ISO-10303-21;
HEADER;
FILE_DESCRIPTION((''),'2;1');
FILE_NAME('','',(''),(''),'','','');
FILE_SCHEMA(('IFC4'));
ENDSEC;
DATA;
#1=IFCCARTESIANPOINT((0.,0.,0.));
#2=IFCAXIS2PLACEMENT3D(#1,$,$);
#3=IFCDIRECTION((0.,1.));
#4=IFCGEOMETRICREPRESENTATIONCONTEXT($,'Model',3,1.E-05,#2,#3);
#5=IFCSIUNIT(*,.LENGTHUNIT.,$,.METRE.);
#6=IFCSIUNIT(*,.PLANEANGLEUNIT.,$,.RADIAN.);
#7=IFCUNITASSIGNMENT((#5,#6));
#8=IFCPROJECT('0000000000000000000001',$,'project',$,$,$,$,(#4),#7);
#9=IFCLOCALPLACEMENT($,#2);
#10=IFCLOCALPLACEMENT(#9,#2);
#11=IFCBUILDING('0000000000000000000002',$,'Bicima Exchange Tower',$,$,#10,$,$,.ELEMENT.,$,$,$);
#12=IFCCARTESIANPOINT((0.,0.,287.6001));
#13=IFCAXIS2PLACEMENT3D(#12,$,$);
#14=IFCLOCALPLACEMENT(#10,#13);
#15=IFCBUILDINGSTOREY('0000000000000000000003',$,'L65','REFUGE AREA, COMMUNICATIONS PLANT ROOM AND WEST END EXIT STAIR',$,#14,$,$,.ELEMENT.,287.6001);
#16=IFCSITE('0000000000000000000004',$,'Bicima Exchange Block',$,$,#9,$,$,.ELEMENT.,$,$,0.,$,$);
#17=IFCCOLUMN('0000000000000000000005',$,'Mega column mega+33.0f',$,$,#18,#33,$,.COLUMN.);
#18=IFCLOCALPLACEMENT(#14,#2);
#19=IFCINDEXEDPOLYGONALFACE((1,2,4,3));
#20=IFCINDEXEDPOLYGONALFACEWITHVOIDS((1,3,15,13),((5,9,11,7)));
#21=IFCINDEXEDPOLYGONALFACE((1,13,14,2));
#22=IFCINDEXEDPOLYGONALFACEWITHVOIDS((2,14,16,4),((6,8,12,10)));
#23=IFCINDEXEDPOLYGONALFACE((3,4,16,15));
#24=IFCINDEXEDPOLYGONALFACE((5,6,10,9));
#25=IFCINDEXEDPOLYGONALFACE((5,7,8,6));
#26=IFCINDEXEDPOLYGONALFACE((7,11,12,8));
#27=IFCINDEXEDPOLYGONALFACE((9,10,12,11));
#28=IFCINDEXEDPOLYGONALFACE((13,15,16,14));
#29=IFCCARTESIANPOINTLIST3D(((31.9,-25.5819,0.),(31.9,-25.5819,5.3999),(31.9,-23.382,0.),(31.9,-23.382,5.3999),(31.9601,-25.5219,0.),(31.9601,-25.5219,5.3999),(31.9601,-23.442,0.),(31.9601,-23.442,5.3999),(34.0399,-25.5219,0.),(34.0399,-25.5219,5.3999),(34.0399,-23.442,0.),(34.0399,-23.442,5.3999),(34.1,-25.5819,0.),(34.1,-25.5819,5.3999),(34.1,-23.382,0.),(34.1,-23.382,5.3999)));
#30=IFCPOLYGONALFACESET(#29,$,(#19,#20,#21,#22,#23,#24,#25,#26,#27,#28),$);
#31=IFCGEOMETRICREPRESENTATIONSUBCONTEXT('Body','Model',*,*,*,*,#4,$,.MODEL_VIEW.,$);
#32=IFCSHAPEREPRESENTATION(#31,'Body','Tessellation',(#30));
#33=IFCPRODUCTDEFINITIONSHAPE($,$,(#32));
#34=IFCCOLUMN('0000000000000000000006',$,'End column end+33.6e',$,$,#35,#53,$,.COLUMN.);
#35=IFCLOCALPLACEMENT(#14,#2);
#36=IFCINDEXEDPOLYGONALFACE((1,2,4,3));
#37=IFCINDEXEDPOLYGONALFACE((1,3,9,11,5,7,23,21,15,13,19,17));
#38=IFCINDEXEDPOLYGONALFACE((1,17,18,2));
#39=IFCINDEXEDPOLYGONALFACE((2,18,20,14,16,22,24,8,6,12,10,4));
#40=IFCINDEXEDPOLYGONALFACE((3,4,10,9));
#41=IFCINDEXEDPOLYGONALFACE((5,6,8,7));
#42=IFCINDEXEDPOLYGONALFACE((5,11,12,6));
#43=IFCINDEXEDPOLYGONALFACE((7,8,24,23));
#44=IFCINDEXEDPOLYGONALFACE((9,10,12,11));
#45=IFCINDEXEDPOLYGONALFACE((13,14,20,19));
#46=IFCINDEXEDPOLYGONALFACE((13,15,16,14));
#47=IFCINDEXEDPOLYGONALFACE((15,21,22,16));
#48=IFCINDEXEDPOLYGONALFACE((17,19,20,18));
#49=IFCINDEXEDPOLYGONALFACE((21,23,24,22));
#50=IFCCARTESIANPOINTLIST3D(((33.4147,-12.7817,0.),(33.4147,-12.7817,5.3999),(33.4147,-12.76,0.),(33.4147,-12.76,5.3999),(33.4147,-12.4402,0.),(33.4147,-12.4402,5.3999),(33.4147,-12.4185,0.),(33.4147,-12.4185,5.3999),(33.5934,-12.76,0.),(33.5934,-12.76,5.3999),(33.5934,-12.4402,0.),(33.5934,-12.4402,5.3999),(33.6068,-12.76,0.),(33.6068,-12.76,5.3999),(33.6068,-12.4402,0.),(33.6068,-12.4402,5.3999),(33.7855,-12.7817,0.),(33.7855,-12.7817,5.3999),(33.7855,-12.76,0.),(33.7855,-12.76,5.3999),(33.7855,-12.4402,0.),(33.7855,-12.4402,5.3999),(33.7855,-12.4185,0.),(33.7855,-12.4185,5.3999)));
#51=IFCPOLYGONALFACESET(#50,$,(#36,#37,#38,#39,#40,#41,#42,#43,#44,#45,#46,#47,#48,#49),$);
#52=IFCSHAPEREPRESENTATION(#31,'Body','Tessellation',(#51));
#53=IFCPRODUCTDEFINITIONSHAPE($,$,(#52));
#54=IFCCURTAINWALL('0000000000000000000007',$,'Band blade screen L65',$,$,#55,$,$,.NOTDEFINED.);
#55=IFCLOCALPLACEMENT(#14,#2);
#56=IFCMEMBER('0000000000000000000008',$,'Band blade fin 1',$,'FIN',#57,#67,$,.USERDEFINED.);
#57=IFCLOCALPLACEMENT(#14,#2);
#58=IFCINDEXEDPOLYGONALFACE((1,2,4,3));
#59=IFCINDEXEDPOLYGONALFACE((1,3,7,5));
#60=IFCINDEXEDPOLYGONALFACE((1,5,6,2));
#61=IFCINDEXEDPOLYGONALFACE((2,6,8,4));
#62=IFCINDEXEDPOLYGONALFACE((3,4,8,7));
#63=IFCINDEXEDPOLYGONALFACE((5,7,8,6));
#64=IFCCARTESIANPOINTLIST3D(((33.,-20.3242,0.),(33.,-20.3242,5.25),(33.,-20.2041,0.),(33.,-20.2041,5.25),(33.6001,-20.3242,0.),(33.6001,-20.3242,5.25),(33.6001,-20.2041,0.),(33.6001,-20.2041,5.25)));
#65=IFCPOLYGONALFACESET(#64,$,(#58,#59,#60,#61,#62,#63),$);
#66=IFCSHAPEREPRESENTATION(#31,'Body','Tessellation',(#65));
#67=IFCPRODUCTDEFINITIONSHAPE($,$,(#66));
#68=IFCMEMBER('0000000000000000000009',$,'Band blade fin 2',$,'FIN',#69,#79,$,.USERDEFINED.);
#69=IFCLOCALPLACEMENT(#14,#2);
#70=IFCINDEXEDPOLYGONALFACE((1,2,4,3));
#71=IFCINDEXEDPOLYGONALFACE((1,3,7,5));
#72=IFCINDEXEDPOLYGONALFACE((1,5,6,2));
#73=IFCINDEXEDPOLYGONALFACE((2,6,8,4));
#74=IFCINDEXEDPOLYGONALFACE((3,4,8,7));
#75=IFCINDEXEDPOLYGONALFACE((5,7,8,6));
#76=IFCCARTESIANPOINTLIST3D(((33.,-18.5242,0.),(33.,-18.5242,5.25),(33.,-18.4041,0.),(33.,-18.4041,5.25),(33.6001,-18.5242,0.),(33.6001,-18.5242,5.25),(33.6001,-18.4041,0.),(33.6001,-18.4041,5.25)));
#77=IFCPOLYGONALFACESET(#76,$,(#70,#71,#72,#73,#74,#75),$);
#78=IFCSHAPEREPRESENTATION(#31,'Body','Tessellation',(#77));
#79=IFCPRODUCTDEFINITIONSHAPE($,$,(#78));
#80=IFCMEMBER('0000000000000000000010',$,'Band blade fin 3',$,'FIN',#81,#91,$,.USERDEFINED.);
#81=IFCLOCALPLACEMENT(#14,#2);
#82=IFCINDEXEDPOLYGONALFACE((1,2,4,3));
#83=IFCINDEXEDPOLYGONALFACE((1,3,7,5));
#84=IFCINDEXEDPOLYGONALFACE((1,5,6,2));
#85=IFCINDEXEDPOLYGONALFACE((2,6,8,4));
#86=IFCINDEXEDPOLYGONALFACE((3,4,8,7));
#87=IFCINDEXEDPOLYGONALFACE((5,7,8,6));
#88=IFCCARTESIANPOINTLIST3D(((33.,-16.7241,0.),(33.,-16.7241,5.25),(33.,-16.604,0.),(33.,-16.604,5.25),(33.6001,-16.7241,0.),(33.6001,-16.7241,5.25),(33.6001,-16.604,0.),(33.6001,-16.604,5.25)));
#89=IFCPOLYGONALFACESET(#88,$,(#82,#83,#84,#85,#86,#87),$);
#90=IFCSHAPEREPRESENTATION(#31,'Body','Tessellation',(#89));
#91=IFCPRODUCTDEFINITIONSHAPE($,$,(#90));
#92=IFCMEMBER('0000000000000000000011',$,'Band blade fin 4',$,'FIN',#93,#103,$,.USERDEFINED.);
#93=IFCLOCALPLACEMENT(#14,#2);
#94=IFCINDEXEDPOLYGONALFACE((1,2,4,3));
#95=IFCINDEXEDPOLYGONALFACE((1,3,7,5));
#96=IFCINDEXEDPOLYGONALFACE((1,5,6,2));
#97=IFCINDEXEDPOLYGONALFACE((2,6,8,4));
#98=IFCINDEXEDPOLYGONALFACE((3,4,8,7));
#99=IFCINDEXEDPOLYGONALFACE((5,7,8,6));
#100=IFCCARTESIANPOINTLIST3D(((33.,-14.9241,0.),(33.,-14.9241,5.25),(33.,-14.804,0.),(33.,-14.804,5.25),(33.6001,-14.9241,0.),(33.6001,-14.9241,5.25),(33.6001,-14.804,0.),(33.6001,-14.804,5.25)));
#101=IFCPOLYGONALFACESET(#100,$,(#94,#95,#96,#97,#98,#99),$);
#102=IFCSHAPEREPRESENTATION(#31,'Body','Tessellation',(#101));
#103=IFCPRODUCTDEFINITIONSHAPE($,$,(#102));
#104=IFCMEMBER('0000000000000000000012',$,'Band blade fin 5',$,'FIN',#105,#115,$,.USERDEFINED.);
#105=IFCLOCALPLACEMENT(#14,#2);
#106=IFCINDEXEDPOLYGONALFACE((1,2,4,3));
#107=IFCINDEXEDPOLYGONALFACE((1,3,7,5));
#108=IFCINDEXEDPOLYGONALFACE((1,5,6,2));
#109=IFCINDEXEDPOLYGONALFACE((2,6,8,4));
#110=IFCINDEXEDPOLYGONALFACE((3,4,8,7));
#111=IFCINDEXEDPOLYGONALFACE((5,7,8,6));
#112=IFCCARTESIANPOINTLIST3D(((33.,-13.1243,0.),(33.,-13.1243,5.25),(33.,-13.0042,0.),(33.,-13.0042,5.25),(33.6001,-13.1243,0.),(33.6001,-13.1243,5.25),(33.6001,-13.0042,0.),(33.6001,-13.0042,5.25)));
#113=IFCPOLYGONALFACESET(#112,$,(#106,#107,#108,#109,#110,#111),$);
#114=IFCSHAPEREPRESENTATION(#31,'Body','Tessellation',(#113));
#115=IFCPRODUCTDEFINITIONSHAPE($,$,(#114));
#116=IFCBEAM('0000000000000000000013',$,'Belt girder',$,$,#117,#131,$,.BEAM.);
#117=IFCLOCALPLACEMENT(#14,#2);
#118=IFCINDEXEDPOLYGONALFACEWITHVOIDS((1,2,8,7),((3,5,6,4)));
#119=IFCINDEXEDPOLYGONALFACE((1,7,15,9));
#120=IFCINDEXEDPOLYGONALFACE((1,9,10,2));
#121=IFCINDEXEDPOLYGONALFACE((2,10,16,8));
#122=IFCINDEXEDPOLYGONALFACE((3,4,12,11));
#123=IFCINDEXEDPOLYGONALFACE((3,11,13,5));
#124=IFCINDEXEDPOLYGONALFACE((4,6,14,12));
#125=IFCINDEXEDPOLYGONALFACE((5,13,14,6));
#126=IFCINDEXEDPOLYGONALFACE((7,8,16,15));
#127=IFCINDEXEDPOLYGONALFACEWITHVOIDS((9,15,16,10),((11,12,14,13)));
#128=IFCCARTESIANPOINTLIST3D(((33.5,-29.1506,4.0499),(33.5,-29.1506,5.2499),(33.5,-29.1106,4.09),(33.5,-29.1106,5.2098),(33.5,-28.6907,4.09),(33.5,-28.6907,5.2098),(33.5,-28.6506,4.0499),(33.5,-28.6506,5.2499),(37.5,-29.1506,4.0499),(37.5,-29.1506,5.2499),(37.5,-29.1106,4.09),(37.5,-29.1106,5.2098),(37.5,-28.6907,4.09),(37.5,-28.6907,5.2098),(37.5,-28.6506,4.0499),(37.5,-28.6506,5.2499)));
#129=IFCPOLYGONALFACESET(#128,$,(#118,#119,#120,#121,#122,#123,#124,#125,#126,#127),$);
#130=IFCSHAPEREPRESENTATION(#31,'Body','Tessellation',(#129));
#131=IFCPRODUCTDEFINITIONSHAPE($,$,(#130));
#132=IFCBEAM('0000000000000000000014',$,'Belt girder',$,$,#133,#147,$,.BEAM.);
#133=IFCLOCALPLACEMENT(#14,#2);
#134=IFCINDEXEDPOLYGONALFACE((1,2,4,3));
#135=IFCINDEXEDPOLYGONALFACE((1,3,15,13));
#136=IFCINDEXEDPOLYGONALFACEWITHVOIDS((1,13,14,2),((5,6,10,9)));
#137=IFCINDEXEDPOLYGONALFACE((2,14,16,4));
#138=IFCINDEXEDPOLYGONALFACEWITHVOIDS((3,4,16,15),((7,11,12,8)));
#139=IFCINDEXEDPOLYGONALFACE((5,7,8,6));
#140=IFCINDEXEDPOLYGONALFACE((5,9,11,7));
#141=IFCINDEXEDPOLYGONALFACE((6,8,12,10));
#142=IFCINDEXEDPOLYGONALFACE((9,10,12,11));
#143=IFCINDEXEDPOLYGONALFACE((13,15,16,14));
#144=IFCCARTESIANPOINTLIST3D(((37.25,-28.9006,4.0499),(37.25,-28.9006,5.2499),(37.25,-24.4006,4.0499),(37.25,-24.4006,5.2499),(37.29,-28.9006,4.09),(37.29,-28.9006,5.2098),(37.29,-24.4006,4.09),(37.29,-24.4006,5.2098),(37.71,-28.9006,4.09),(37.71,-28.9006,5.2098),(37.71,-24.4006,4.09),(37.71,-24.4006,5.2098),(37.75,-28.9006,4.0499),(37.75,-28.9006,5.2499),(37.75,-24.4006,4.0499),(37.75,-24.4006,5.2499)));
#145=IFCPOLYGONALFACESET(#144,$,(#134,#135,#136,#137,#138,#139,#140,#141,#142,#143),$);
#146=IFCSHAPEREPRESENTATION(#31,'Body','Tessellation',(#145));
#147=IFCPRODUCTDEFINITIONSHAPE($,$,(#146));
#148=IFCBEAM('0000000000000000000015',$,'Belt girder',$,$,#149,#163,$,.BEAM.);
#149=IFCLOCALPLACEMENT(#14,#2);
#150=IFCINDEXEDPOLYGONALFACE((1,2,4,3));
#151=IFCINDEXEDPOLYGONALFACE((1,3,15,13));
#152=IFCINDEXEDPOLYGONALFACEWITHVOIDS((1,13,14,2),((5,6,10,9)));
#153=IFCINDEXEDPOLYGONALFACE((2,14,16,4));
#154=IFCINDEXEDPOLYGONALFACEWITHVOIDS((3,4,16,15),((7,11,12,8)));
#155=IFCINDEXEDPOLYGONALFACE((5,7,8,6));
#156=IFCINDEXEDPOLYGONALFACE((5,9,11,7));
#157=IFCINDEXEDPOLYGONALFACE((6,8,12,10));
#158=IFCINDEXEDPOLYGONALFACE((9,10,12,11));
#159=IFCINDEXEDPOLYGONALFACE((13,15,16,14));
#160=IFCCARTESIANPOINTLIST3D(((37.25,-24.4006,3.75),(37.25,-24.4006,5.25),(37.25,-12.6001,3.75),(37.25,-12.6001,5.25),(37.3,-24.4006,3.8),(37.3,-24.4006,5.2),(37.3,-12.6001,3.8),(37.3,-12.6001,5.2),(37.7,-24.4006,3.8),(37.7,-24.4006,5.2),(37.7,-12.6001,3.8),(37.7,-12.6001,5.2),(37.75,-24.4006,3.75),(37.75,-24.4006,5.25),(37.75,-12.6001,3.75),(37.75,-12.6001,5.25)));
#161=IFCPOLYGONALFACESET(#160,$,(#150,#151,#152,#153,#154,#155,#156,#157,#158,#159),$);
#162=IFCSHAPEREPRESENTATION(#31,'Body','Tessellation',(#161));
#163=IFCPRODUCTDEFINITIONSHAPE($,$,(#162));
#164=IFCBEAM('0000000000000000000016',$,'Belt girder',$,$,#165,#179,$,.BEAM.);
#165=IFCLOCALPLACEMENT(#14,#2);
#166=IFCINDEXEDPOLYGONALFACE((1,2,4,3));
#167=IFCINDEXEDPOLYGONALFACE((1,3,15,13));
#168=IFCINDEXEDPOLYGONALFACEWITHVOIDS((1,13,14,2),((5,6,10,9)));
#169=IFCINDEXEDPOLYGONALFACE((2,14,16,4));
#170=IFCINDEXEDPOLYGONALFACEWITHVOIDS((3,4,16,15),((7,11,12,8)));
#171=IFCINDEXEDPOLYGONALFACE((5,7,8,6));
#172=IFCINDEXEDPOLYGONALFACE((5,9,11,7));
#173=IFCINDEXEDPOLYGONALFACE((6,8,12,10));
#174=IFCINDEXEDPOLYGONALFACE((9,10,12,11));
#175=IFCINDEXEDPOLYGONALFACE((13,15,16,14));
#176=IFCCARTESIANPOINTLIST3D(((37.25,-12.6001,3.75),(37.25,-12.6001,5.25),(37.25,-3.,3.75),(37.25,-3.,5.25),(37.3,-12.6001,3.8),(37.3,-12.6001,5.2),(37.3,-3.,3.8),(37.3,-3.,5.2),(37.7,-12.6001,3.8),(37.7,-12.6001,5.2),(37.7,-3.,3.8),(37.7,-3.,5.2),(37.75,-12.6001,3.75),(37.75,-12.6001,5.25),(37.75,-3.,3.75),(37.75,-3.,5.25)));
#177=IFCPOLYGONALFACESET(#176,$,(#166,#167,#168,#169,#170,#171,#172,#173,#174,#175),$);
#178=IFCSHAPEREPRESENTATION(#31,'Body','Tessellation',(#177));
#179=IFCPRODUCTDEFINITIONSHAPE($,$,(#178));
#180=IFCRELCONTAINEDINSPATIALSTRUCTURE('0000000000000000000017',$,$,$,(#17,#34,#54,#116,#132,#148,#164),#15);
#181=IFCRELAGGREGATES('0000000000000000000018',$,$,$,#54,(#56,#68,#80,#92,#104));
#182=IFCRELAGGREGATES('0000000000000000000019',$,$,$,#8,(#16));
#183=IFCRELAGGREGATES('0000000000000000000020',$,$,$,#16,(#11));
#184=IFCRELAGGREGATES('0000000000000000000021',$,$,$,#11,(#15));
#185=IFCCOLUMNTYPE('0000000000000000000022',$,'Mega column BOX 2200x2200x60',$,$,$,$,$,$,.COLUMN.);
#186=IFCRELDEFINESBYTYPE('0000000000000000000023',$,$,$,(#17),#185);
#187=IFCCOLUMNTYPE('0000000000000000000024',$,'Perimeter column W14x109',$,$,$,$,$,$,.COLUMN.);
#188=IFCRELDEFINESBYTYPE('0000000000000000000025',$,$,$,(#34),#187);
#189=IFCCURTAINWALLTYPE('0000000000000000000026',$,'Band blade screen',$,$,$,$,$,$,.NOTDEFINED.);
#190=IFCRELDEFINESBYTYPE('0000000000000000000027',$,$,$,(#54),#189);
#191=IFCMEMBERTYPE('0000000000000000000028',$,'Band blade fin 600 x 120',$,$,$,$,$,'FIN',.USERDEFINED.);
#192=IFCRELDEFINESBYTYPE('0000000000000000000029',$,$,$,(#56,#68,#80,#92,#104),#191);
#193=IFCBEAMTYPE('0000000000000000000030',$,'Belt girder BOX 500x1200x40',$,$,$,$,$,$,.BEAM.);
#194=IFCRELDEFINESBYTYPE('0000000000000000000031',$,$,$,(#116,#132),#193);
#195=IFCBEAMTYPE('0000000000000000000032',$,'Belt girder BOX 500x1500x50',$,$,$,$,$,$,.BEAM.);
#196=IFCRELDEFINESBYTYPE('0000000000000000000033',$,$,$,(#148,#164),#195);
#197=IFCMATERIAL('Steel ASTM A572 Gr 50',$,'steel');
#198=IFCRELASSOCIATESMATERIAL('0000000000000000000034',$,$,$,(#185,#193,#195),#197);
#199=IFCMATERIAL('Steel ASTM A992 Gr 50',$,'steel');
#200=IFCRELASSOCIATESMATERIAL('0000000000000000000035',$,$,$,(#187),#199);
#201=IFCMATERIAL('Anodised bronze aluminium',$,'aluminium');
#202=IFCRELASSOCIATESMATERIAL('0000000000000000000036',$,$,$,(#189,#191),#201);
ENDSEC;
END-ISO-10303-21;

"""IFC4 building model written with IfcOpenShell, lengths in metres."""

from ifc_helpers import new_model, si_unit, direction, frame, origin, origin_2d, place, context, subcontext, project, spatial, rectangle, hollow_rectangle, i_section, extrude, material, material_profile, profile_set, type_object, element, aggregate, save


model = new_model("IFC4")

# Units and contexts
model_context = context("Model", 3, precision=1e-05, world=origin(), true_north=direction((0.0, 1.0)))
body_context = subcontext(model_context, "Body", "Model", "MODEL_VIEW")
ifc_project = project(units=[si_unit("LENGTHUNIT", "METRE"), si_unit("PLANEANGLEUNIT", "RADIAN")], contexts=[model_context])

# Site, building, storey
site_placement = place(None, origin())
site = spatial("IfcSite", under=ifc_project, at=site_placement, Name="Bicima Exchange Block", CompositionType="ELEMENT", RefElevation=0.0)
building_placement = place(site_placement, origin())
building = spatial("IfcBuilding", under=site, at=building_placement, Name="Bicima Exchange Tower", CompositionType="ELEMENT")
storey_placement = place(building_placement, frame((0.0, 0.0, 287.6001)))
storey = spatial("IfcBuildingStorey", under=building, at=storey_placement, Name="L65", Description="REFUGE AREA, COMMUNICATIONS PLANT ROOM AND WEST END EXIT STAIR", CompositionType="ELEMENT", Elevation=287.6001)

# Columns
ifc_material_1 = material(Name="Steel ASTM A572 Gr 50", Category="steel")
ifc_material_profile_1 = material_profile(ifc_material_1, hollow_rectangle(XDim=2.2, YDim=2.2, WallThickness=0.0601, at=origin_2d()))
ifc_profile_set_1 = profile_set([ifc_material_profile_1], Name="Steel ASTM A572 Gr 50")
column_type_1 = type_object("IfcColumnType", Name="Mega column BOX 2200x2200x60", PredefinedType="COLUMN", material=ifc_profile_set_1)
column_1_placement = place(storey_placement, frame((33.0, -24.4819, 0.0), z_axis=(0.0, 0.0, 1.0), x_axis=(1.0, 0.0, 0.0)))
element("IfcColumn", 1, at=column_1_placement, inside=storey, type_object=column_type_1, Name="Mega column mega+33.0f", PredefinedType="COLUMN", context=body_context, shape_type="SweptSolid", body=[
    extrude(hollow_rectangle(XDim=2.2, YDim=2.2, WallThickness=0.0601, at=origin_2d()), origin(), (0.0, 0.0, 1.0), 5.3999),
])
ifc_material_2 = material(Name="Steel ASTM A992 Gr 50", Category="steel")
ifc_material_profile_2 = material_profile(ifc_material_2, i_section(OverallWidth=0.3708, OverallDepth=0.3633, WebThickness=0.0134, FlangeThickness=0.0217, at=origin_2d()))
ifc_profile_set_2 = profile_set([ifc_material_profile_2], Name="Steel ASTM A992 Gr 50")
column_type_2 = type_object("IfcColumnType", Name="Perimeter column W14x109", PredefinedType="COLUMN", material=ifc_profile_set_2)
column_2_placement = place(storey_placement, frame((33.6001, -12.6001, 0.0), z_axis=(0.0, 0.0, 1.0), x_axis=(1.0, 0.0, 0.0)))
element("IfcColumn", 2, at=column_2_placement, inside=storey, type_object=column_type_2, Name="End column end+33.6e", PredefinedType="COLUMN", context=body_context, shape_type="SweptSolid", body=[
    extrude(i_section(OverallWidth=0.3708, OverallDepth=0.3633, WebThickness=0.0134, FlangeThickness=0.0217, at=origin_2d()), origin(), (0.0, 0.0, 1.0), 5.3999),
])

# Curtain wall, members
ifc_material_3 = material(Name="Anodised bronze aluminium", Category="aluminium")
curtain_wall_type = type_object("IfcCurtainWallType", Name="Band blade screen", PredefinedType="NOTDEFINED", material=ifc_material_3)
curtain_wall_placement = place(storey_placement, origin())
curtain_wall = element("IfcCurtainWall", 3, at=curtain_wall_placement, inside=storey, type_object=curtain_wall_type, Name="Band blade screen L65", PredefinedType="NOTDEFINED")
ifc_material_profile_3 = material_profile(ifc_material_3, rectangle(XDim=0.6001, YDim=0.1201, at=origin_2d()))
ifc_profile_set_3 = profile_set([ifc_material_profile_3], Name="Anodised bronze aluminium")
member_type_1 = type_object("IfcMemberType", Name="Band blade fin 600 x 120", ElementType="FIN", PredefinedType="USERDEFINED", material=ifc_profile_set_3)
member_1_placement = place(storey_placement, frame((33.3, -20.2642, 0.0), z_axis=(0.0, 0.0, 1.0), x_axis=(-1.0, 0.0, 0.0)))
member_1 = element("IfcMember", 4, at=member_1_placement, type_object=member_type_1, Name="Band blade fin 1", ObjectType="FIN", PredefinedType="USERDEFINED", context=body_context, shape_type="SweptSolid", body=[
    extrude(rectangle(XDim=0.6001, YDim=0.1201, at=origin_2d()), origin(), (0.0, 0.0, 1.0), 5.25),
])
member_2_placement = place(storey_placement, frame((33.3, -18.4641, 0.0), z_axis=(0.0, 0.0, 1.0), x_axis=(-1.0, 0.0, 0.0)))
member_2 = element("IfcMember", 5, at=member_2_placement, type_object=member_type_1, Name="Band blade fin 2", ObjectType="FIN", PredefinedType="USERDEFINED", context=body_context, shape_type="SweptSolid", body=[
    extrude(rectangle(XDim=0.6001, YDim=0.1201, at=origin_2d()), origin(), (0.0, 0.0, 1.0), 5.25),
])
member_3_placement = place(storey_placement, frame((33.3, -16.6641, 0.0), z_axis=(0.0, 0.0, 1.0), x_axis=(-1.0, 0.0, 0.0)))
member_3 = element("IfcMember", 6, at=member_3_placement, type_object=member_type_1, Name="Band blade fin 3", ObjectType="FIN", PredefinedType="USERDEFINED", context=body_context, shape_type="SweptSolid", body=[
    extrude(rectangle(XDim=0.6001, YDim=0.1201, at=origin_2d()), origin(), (0.0, 0.0, 1.0), 5.25),
])
member_4_placement = place(storey_placement, frame((33.3, -14.864, 0.0), z_axis=(0.0, 0.0, 1.0), x_axis=(-1.0, 0.0, 0.0)))
member_4 = element("IfcMember", 7, at=member_4_placement, type_object=member_type_1, Name="Band blade fin 4", ObjectType="FIN", PredefinedType="USERDEFINED", context=body_context, shape_type="SweptSolid", body=[
    extrude(rectangle(XDim=0.6001, YDim=0.1201, at=origin_2d()), origin(), (0.0, 0.0, 1.0), 5.25),
])
member_5_placement = place(storey_placement, frame((33.3, -13.0642, 0.0), z_axis=(0.0, 0.0, 1.0), x_axis=(-1.0, 0.0, 0.0)))
member_5 = element("IfcMember", 8, at=member_5_placement, type_object=member_type_1, Name="Band blade fin 5", ObjectType="FIN", PredefinedType="USERDEFINED", context=body_context, shape_type="SweptSolid", body=[
    extrude(rectangle(XDim=0.6001, YDim=0.1201, at=origin_2d()), origin(), (0.0, 0.0, 1.0), 5.25),
])
aggregate(curtain_wall, [member_1, member_2, member_3, member_4, member_5])

# Beams
ifc_material_profile_4 = material_profile(ifc_material_1, hollow_rectangle(XDim=0.5, YDim=1.2, WallThickness=0.04, at=origin_2d()))
ifc_profile_set_4 = profile_set([ifc_material_profile_4], Name="Steel ASTM A572 Gr 50")
beam_type_1 = type_object("IfcBeamType", Name="Belt girder BOX 500x1200x40", PredefinedType="BEAM", material=ifc_profile_set_4)
beam_1_placement = place(storey_placement, frame((33.5, -28.9006, 4.6499), z_axis=(1.0, 0.0, 0.0), x_axis=(0.0, 1.0, 0.0)))
element("IfcBeam", 9, at=beam_1_placement, inside=storey, type_object=beam_type_1, Name="Belt girder", PredefinedType="BEAM", context=body_context, shape_type="SweptSolid", body=[
    extrude(hollow_rectangle(XDim=0.5, YDim=1.2, WallThickness=0.04, at=origin_2d()), origin(), (0.0, 0.0, 1.0), 4.0),
])
beam_2_placement = place(storey_placement, frame((37.5, -28.9006, 4.6499), z_axis=(0.0, 1.0, 0.0), x_axis=(-1.0, 0.0, 0.0)))
element("IfcBeam", 10, at=beam_2_placement, inside=storey, type_object=beam_type_1, Name="Belt girder", PredefinedType="BEAM", context=body_context, shape_type="SweptSolid", body=[
    extrude(hollow_rectangle(XDim=0.5, YDim=1.2, WallThickness=0.04, at=origin_2d()), origin(), (0.0, 0.0, 1.0), 4.5),
])
ifc_material_profile_5 = material_profile(ifc_material_1, hollow_rectangle(XDim=0.5, YDim=1.5, WallThickness=0.05, at=origin_2d()))
ifc_profile_set_5 = profile_set([ifc_material_profile_5], Name="Steel ASTM A572 Gr 50")
beam_type_2 = type_object("IfcBeamType", Name="Belt girder BOX 500x1500x50", PredefinedType="BEAM", material=ifc_profile_set_5)
beam_3_placement = place(storey_placement, frame((37.5, -24.4006, 4.5), z_axis=(0.0, 1.0, 0.0), x_axis=(-1.0, 0.0, 0.0)))
element("IfcBeam", 11, at=beam_3_placement, inside=storey, type_object=beam_type_2, Name="Belt girder", PredefinedType="BEAM", context=body_context, shape_type="SweptSolid", body=[
    extrude(hollow_rectangle(XDim=0.5, YDim=1.5, WallThickness=0.05, at=origin_2d()), origin(), (0.0, 0.0, 1.0), 11.8005),
])
beam_4_placement = place(storey_placement, frame((37.5, -12.6001, 4.5), z_axis=(0.0, 1.0, 0.0), x_axis=(-1.0, 0.0, 0.0)))
element("IfcBeam", 12, at=beam_4_placement, inside=storey, type_object=beam_type_2, Name="Belt girder", PredefinedType="BEAM", context=body_context, shape_type="SweptSolid", body=[
    extrude(hollow_rectangle(XDim=0.5, YDim=1.5, WallThickness=0.05, at=origin_2d()), origin(), (0.0, 0.0, 1.0), 9.6001),
])

save(model, "model.ifc")
